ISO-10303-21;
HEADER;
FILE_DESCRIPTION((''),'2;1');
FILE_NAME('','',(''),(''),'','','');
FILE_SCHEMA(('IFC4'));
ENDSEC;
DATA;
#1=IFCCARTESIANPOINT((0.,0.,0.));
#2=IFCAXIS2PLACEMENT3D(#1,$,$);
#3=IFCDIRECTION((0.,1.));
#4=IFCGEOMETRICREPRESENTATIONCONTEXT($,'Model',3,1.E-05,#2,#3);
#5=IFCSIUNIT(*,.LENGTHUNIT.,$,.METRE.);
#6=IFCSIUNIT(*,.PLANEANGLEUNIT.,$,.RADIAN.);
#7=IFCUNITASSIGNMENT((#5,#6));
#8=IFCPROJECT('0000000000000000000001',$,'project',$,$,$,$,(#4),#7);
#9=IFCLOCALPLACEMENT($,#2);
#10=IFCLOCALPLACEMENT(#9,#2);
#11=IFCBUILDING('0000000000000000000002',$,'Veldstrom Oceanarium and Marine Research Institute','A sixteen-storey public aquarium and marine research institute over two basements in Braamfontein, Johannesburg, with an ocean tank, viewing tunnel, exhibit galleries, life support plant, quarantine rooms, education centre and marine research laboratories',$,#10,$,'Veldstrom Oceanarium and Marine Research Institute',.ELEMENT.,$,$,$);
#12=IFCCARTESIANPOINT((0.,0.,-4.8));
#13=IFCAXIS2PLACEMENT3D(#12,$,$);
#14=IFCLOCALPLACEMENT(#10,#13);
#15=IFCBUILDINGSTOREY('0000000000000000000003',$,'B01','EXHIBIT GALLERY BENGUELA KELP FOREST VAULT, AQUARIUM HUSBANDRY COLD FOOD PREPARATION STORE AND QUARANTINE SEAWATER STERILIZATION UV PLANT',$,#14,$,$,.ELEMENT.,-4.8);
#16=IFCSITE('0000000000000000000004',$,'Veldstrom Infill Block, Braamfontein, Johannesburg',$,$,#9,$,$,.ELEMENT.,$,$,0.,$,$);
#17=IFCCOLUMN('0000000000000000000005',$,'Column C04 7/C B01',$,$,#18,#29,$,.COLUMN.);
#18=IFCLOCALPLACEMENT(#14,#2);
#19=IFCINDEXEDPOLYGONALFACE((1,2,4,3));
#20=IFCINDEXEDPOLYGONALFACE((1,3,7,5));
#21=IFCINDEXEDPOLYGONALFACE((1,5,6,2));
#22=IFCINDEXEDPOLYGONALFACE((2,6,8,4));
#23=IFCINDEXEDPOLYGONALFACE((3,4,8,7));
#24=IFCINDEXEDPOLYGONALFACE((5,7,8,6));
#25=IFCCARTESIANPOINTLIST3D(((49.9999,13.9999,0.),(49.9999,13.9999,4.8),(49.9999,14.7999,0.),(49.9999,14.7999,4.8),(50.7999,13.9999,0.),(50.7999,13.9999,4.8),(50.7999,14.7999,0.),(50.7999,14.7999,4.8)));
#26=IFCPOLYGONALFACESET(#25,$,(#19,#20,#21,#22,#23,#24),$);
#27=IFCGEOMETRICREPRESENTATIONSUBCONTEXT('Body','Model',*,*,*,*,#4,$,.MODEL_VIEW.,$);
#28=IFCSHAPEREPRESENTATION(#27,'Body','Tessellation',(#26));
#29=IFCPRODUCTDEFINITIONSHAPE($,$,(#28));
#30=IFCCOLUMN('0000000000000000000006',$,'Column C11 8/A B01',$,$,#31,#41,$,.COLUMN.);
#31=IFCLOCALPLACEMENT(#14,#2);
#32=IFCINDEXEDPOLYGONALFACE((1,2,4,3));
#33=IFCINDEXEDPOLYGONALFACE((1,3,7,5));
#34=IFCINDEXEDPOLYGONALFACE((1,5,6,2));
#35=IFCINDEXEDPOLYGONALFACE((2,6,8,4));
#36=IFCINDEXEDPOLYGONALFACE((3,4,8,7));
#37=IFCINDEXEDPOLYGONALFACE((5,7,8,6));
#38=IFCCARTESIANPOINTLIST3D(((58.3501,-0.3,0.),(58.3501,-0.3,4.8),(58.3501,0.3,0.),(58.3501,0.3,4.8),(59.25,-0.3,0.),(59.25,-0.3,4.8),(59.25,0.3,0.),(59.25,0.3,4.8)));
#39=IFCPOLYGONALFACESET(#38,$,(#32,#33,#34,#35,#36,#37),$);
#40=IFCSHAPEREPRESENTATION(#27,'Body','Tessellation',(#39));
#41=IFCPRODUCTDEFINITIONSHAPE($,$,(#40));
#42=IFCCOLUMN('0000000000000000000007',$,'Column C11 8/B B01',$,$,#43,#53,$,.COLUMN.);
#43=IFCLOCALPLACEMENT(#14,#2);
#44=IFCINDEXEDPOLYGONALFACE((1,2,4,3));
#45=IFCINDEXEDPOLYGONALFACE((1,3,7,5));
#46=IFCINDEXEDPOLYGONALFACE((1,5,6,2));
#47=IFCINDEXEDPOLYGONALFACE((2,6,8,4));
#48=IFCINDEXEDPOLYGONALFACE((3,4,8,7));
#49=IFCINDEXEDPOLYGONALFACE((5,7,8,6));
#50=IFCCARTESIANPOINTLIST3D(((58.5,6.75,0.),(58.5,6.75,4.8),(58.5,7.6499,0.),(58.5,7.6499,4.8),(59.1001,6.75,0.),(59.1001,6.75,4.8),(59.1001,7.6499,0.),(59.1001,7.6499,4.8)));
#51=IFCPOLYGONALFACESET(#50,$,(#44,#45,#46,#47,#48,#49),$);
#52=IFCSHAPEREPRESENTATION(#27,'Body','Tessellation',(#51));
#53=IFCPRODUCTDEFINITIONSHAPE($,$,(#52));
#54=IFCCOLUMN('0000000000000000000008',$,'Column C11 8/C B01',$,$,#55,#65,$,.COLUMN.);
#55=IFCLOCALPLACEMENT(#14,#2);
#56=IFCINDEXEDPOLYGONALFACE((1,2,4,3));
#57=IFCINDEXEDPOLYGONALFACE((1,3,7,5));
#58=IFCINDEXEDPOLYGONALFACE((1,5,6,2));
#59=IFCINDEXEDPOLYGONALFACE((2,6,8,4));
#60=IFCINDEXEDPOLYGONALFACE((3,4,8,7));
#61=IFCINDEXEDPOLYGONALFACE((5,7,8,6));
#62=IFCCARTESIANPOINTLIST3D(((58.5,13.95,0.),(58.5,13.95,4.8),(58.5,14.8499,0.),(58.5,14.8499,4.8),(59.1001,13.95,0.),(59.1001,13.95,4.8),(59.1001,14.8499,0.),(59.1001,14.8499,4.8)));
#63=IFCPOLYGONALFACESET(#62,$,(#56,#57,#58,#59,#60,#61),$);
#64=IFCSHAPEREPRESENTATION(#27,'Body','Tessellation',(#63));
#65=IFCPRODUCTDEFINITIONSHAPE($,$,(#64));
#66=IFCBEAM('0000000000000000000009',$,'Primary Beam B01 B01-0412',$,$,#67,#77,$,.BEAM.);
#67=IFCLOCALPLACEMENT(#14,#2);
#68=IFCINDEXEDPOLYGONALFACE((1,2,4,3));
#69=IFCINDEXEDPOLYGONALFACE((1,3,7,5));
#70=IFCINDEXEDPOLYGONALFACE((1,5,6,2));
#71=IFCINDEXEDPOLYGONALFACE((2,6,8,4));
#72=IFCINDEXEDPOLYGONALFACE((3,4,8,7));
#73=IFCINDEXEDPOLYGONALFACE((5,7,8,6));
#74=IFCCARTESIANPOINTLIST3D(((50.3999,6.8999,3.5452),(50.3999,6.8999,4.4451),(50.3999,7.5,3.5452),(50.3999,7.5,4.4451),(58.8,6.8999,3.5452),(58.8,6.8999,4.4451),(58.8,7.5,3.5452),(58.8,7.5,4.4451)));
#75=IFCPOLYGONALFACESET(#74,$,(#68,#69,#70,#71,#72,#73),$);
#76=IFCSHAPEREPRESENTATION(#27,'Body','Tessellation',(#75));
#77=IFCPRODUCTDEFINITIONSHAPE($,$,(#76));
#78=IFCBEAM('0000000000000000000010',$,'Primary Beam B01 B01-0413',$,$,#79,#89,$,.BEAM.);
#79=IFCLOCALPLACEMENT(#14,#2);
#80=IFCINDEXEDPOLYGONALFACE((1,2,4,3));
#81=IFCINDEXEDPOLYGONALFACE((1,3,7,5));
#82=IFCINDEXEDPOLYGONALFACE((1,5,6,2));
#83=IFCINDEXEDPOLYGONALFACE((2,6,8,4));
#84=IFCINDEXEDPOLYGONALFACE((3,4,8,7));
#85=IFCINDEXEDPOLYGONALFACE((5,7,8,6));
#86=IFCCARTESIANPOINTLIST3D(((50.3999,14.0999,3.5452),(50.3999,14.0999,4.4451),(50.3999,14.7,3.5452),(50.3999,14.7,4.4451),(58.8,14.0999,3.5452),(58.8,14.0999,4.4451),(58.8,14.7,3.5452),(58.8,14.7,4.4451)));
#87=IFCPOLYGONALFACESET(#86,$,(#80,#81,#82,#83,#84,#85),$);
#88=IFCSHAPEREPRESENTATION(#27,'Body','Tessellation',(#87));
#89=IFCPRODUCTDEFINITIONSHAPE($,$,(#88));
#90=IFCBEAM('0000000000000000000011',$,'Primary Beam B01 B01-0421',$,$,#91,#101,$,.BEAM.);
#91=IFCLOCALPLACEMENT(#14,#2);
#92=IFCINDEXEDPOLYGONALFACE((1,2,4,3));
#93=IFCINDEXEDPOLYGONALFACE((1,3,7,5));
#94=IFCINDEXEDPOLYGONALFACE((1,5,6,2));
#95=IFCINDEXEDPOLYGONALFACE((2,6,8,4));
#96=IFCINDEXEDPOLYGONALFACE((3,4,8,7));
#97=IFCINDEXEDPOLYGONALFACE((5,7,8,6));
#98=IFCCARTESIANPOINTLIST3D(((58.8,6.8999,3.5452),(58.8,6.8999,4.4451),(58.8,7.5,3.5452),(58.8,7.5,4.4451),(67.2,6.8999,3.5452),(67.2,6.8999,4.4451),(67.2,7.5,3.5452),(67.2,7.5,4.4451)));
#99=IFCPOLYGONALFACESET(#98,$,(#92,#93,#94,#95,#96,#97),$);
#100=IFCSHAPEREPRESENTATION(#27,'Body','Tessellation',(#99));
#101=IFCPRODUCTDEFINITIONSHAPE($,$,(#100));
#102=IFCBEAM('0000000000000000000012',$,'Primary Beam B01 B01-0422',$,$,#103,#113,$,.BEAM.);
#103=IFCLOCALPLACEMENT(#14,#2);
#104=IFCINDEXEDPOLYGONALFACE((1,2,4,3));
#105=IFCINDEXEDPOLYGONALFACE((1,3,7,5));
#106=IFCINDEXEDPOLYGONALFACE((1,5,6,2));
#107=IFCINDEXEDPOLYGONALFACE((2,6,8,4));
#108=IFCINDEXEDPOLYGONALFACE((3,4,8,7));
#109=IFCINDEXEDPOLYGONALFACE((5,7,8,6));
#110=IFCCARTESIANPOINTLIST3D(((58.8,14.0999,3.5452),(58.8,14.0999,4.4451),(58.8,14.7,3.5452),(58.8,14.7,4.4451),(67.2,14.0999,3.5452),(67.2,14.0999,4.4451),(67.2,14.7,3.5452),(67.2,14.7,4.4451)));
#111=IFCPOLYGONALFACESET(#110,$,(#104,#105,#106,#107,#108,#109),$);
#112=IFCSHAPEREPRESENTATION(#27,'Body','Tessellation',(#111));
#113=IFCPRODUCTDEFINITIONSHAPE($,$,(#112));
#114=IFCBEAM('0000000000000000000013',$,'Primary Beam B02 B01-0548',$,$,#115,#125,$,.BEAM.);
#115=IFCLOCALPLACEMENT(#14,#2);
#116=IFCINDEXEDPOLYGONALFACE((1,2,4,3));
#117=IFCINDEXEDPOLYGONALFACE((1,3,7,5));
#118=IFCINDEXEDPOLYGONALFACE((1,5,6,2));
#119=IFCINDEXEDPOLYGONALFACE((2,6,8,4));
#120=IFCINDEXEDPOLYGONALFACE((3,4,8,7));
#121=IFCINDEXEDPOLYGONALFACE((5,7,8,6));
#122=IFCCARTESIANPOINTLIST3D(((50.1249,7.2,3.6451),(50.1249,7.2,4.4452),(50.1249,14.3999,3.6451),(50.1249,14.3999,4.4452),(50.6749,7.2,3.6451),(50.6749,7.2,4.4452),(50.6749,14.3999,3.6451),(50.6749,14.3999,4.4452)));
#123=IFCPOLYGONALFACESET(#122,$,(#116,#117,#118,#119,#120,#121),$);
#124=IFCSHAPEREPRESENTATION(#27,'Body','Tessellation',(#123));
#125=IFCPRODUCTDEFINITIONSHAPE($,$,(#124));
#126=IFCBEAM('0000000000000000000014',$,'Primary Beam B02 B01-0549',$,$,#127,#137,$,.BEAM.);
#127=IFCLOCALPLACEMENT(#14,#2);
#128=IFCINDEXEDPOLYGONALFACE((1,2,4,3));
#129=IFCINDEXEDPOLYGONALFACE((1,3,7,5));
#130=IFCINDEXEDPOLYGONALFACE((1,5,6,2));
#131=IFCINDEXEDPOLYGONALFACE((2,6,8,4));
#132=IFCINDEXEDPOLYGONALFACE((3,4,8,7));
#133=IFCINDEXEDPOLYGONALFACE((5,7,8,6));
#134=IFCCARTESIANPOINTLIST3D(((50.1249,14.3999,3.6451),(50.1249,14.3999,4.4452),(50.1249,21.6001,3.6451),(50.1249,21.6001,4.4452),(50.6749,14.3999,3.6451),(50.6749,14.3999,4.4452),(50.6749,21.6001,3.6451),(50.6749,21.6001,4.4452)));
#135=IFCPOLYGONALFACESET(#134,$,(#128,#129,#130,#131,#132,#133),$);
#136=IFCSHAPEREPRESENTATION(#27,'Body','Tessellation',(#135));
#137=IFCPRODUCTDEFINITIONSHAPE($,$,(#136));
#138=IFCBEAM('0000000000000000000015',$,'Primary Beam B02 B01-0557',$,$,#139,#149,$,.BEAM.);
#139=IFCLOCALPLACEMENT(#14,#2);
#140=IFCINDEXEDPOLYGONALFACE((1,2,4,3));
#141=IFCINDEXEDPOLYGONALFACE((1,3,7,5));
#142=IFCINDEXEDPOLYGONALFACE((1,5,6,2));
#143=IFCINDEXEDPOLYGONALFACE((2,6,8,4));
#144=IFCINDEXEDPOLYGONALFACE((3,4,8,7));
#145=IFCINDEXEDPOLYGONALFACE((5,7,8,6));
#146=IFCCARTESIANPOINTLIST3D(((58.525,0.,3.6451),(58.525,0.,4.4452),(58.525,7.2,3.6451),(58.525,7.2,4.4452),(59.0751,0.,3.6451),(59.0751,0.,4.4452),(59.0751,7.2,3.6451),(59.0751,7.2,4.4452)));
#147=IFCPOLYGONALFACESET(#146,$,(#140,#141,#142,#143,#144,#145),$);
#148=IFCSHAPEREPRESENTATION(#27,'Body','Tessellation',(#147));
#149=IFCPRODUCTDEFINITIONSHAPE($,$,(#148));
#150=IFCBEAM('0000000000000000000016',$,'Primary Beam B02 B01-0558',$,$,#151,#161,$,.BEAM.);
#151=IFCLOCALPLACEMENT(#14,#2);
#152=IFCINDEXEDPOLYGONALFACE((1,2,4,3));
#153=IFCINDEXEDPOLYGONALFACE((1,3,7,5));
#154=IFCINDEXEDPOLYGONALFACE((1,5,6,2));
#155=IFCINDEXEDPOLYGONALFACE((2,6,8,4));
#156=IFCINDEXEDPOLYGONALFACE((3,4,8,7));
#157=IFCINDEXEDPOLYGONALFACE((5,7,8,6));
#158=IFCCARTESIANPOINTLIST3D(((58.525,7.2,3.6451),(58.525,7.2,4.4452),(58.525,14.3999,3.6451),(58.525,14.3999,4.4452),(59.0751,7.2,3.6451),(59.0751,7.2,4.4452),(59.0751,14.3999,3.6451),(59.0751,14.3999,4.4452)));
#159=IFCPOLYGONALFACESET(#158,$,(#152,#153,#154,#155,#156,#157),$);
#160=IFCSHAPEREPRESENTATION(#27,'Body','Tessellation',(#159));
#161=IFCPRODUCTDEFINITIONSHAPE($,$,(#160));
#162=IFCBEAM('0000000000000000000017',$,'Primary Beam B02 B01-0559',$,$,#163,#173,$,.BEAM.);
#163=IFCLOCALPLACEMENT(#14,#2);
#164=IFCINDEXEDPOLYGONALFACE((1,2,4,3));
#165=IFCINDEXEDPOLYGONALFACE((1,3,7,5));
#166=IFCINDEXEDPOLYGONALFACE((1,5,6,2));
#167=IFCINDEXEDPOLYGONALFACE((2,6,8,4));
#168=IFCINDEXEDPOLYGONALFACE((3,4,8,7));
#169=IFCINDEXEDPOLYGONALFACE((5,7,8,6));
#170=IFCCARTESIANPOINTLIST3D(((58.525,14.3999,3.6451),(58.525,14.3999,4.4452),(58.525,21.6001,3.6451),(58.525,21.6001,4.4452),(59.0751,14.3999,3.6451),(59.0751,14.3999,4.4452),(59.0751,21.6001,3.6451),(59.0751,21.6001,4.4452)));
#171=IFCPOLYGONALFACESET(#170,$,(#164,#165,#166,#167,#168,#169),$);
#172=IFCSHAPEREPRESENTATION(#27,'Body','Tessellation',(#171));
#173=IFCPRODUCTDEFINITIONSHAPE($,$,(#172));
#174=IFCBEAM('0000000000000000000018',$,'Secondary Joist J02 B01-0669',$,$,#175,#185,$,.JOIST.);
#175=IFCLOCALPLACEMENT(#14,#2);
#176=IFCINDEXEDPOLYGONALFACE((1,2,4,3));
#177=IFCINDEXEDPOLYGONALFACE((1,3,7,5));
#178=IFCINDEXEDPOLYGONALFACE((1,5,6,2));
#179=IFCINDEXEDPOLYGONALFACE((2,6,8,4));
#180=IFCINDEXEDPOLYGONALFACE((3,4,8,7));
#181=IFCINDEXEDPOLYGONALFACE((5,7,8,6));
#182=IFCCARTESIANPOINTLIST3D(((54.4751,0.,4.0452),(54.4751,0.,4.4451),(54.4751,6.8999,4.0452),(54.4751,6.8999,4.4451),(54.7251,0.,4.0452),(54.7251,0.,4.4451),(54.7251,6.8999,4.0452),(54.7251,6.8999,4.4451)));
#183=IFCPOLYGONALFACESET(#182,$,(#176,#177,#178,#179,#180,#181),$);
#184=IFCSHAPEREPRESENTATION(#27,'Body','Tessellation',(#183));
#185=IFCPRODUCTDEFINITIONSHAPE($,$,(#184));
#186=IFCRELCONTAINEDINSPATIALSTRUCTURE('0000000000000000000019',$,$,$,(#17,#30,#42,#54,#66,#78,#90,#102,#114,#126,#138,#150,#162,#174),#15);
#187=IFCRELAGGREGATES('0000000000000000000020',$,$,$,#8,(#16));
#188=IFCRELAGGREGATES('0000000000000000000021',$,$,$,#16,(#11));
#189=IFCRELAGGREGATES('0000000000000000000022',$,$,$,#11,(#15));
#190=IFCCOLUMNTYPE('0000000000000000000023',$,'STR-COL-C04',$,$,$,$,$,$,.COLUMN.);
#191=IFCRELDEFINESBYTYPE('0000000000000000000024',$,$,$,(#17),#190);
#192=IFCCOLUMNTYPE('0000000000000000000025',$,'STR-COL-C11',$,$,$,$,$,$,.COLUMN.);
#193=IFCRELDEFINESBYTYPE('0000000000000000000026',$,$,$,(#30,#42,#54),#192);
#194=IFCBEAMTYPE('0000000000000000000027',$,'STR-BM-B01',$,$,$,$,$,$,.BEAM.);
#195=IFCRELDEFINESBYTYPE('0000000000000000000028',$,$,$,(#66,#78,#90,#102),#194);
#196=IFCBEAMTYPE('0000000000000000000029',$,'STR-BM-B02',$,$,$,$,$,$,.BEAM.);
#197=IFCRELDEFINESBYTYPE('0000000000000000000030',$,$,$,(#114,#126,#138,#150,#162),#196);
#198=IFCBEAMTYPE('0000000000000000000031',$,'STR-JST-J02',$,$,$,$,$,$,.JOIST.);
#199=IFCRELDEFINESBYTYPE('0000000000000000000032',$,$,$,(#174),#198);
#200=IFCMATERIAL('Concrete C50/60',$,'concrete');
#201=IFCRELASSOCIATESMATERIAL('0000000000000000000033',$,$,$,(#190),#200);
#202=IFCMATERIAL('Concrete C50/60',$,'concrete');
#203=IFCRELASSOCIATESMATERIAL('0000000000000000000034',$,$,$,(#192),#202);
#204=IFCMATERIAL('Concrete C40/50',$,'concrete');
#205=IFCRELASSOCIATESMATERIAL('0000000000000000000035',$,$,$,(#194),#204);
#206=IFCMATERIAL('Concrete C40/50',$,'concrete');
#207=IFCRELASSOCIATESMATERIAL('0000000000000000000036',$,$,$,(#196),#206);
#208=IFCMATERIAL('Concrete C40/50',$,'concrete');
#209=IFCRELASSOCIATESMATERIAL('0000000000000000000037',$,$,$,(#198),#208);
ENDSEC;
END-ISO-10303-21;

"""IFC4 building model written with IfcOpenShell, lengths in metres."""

from ifc_helpers import new_model, si_unit, direction, frame, origin, origin_2d, place, context, subcontext, project, spatial, rectangle, extrude, material, material_profile, profile_set, type_object, element, save


model = new_model("IFC4")

# Units and contexts
model_context = context("Model", 3, precision=1e-05, world=origin(), true_north=direction((0.0, 1.0)))
body_context = subcontext(model_context, "Body", "Model", "MODEL_VIEW")
ifc_project = project(units=[si_unit("LENGTHUNIT", "METRE"), si_unit("PLANEANGLEUNIT", "RADIAN")], contexts=[model_context])

# Site, building, storey
site_placement = place(None, origin())
site = spatial("IfcSite", under=ifc_project, at=site_placement, Name="Veldstrom Infill Block, Braamfontein, Johannesburg", CompositionType="ELEMENT", RefElevation=0.0)
building_placement = place(site_placement, origin())
building = spatial("IfcBuilding", under=site, at=building_placement, Name="Veldstrom Oceanarium and Marine Research Institute", Description="A sixteen-storey public aquarium and marine research institute over two basements in Braamfontein, Johannesburg, with an ocean tank, viewing tunnel, exhibit galleries, life support plant, quarantine rooms, education centre and marine research laboratories", LongName="Veldstrom Oceanarium and Marine Research Institute", CompositionType="ELEMENT")
storey_placement = place(building_placement, frame((0.0, 0.0, -4.8)))
storey = spatial("IfcBuildingStorey", under=building, at=storey_placement, Name="B01", Description="EXHIBIT GALLERY BENGUELA KELP FOREST VAULT, AQUARIUM HUSBANDRY COLD FOOD PREPARATION STORE AND QUARANTINE SEAWATER STERILIZATION UV PLANT", CompositionType="ELEMENT", Elevation=-4.8)

# Columns
ifc_material_1 = material(Name="Concrete C50/60", Category="concrete")
ifc_material_profile_1 = material_profile(ifc_material_1, rectangle(XDim=0.8, YDim=0.8, at=origin_2d()), Name="RC-COL-800x800")
ifc_profile_set_1 = profile_set([ifc_material_profile_1], Name="Concrete C50/60")
column_type_1 = type_object("IfcColumnType", Name="STR-COL-C04", PredefinedType="COLUMN", material=ifc_profile_set_1)
column_placement = place(storey_placement, frame((50.3999, 14.3999, 0.0), z_axis=(0.0, 0.0, 1.0), x_axis=(1.0, 0.0, 0.0)))
element("IfcColumn", 1, at=column_placement, inside=storey, type_object=column_type_1, Name="Column C04 7/C B01", PredefinedType="COLUMN", context=body_context, shape_type="SweptSolid", body=[
    extrude(rectangle(XDim=0.8, YDim=0.8, at=origin_2d()), origin(), (0.0, 0.0, 1.0), 4.8),
])
ifc_material_2 = material(Name="Concrete C50/60", Category="concrete")
ifc_material_profile_2 = material_profile(ifc_material_2, rectangle(XDim=0.6001, YDim=0.8999, at=origin_2d()), Name="RC-COL-900x600")
ifc_profile_set_2 = profile_set([ifc_material_profile_2], Name="Concrete C50/60")
column_type_2 = type_object("IfcColumnType", Name="STR-COL-C11", PredefinedType="COLUMN", material=ifc_profile_set_2)
for number, where, z_axis, x_axis, name in (
    (2, (58.8, 0.0, 0.0), (0.0, 0.0, 1.0), (0.0, 1.0, 0.0), "Column C11 8/A B01"),
    (3, (58.8, 7.2, 0.0), (0.0, 0.0, 1.0), (1.0, 0.0, 0.0), "Column C11 8/B B01"),
    (4, (58.8, 14.3999, 0.0), (0.0, 0.0, 1.0), (1.0, 0.0, 0.0), "Column C11 8/C B01"),
):
    element("IfcColumn", number, at=place(storey_placement, frame(where, z_axis=z_axis, x_axis=x_axis)), inside=storey, type_object=column_type_2, Name=name, PredefinedType="COLUMN", context=body_context, shape_type="SweptSolid", body=[
        extrude(rectangle(XDim=0.6001, YDim=0.8999, at=origin_2d()), origin(), (0.0, 0.0, 1.0), 4.8),
    ])

# Beams
ifc_material_3 = material(Name="Concrete C40/50", Category="concrete")
ifc_material_profile_3 = material_profile(ifc_material_3, rectangle(XDim=0.6001, YDim=0.8999, at=origin_2d()), Name="RC-BM-600x900")
ifc_profile_set_3 = profile_set([ifc_material_profile_3], Name="Concrete C40/50")
beam_type_1 = type_object("IfcBeamType", Name="STR-BM-B01", PredefinedType="BEAM", material=ifc_profile_set_3)
for number, where, z_axis, x_axis, name in (
    (5, (50.3999, 7.2, 3.9951), (1.0, 0.0, 0.0), (0.0, 1.0, 0.0), "Primary Beam B01 B01-0412"),
    (6, (50.3999, 14.3999, 3.9951), (1.0, 0.0, 0.0), (0.0, 1.0, 0.0), "Primary Beam B01 B01-0413"),
):
    element("IfcBeam", number, at=place(storey_placement, frame(where, z_axis=z_axis, x_axis=x_axis)), inside=storey, type_object=beam_type_1, Name=name, PredefinedType="BEAM", context=body_context, shape_type="SweptSolid", body=[
        extrude(rectangle(XDim=0.6001, YDim=0.8999, at=origin_2d()), origin(), (0.0, 0.0, 1.0), 8.4001),
    ])
for number, where, z_axis, x_axis, name in (
    (7, (58.8, 7.2, 3.9951), (1.0, 0.0, 0.0), (0.0, 1.0, 0.0), "Primary Beam B01 B01-0421"),
    (8, (58.8, 14.3999, 3.9951), (1.0, 0.0, 0.0), (0.0, 1.0, 0.0), "Primary Beam B01 B01-0422"),
):
    element("IfcBeam", number, at=place(storey_placement, frame(where, z_axis=z_axis, x_axis=x_axis)), inside=storey, type_object=beam_type_1, Name=name, PredefinedType="BEAM", context=body_context, shape_type="SweptSolid", body=[
        extrude(rectangle(XDim=0.6001, YDim=0.8999, at=origin_2d()), origin(), (0.0, 0.0, 1.0), 8.3999),
    ])
ifc_material_4 = material(Name="Concrete C40/50", Category="concrete")
ifc_material_profile_4 = material_profile(ifc_material_4, rectangle(XDim=0.55, YDim=0.8, at=origin_2d()), Name="RC-BM-550x800")
ifc_profile_set_4 = profile_set([ifc_material_profile_4], Name="Concrete C40/50")
beam_type_2 = type_object("IfcBeamType", Name="STR-BM-B02", PredefinedType="BEAM", material=ifc_profile_set_4)
beam_1_placement = place(storey_placement, frame((50.3999, 7.2, 4.0452), z_axis=(0.0, 1.0, 0.0), x_axis=(-1.0, 0.0, 0.0)))
element("IfcBeam", 9, at=beam_1_placement, inside=storey, type_object=beam_type_2, Name="Primary Beam B02 B01-0548", PredefinedType="BEAM", context=body_context, shape_type="SweptSolid", body=[
    extrude(rectangle(XDim=0.55, YDim=0.8, at=origin_2d()), origin(), (0.0, 0.0, 1.0), 7.2),
])
beam_2_placement = place(storey_placement, frame((50.3999, 14.3999, 4.0452), z_axis=(0.0, 1.0, 0.0), x_axis=(-1.0, 0.0, 0.0)))
element("IfcBeam", 10, at=beam_2_placement, inside=storey, type_object=beam_type_2, Name="Primary Beam B02 B01-0549", PredefinedType="BEAM", context=body_context, shape_type="SweptSolid", body=[
    extrude(rectangle(XDim=0.55, YDim=0.8, at=origin_2d()), origin(), (0.0, 0.0, 1.0), 7.2002),
])
for number, where, z_axis, x_axis, name in (
    (11, (58.8, 0.0, 4.0452), (0.0, 1.0, 0.0), (-1.0, 0.0, 0.0), "Primary Beam B02 B01-0557"),
    (12, (58.8, 7.2, 4.0452), (0.0, 1.0, 0.0), (-1.0, 0.0, 0.0), "Primary Beam B02 B01-0558"),
):
    element("IfcBeam", number, at=place(storey_placement, frame(where, z_axis=z_axis, x_axis=x_axis)), inside=storey, type_object=beam_type_2, Name=name, PredefinedType="BEAM", context=body_context, shape_type="SweptSolid", body=[
        extrude(rectangle(XDim=0.55, YDim=0.8, at=origin_2d()), origin(), (0.0, 0.0, 1.0), 7.2),
    ])
beam_3_placement = place(storey_placement, frame((58.8, 14.3999, 4.0452), z_axis=(0.0, 1.0, 0.0), x_axis=(-1.0, 0.0, 0.0)))
element("IfcBeam", 13, at=beam_3_placement, inside=storey, type_object=beam_type_2, Name="Primary Beam B02 B01-0559", PredefinedType="BEAM", context=body_context, shape_type="SweptSolid", body=[
    extrude(rectangle(XDim=0.55, YDim=0.8, at=origin_2d()), origin(), (0.0, 0.0, 1.0), 7.2002),
])
ifc_material_5 = material(Name="Concrete C40/50", Category="concrete")
ifc_material_profile_5 = material_profile(ifc_material_5, rectangle(XDim=0.25, YDim=0.3999, at=origin_2d()), Name="RC-JST-250x400")
ifc_profile_set_5 = profile_set([ifc_material_profile_5], Name="Concrete C40/50")
beam_type_3 = type_object("IfcBeamType", Name="STR-JST-J02", PredefinedType="JOIST", material=ifc_profile_set_5)
beam_4_placement = place(storey_placement, frame((54.6001, 0.0, 4.2451), z_axis=(0.0, 1.0, 0.0), x_axis=(-1.0, 0.0, 0.0)))
element("IfcBeam", 14, at=beam_4_placement, inside=storey, type_object=beam_type_3, Name="Secondary Joist J02 B01-0669", PredefinedType="JOIST", context=body_context, shape_type="SweptSolid", body=[
    extrude(rectangle(XDim=0.25, YDim=0.3999, at=origin_2d()), origin(), (0.0, 0.0, 1.0), 6.8999),
])

save(model, "model.ifc")
